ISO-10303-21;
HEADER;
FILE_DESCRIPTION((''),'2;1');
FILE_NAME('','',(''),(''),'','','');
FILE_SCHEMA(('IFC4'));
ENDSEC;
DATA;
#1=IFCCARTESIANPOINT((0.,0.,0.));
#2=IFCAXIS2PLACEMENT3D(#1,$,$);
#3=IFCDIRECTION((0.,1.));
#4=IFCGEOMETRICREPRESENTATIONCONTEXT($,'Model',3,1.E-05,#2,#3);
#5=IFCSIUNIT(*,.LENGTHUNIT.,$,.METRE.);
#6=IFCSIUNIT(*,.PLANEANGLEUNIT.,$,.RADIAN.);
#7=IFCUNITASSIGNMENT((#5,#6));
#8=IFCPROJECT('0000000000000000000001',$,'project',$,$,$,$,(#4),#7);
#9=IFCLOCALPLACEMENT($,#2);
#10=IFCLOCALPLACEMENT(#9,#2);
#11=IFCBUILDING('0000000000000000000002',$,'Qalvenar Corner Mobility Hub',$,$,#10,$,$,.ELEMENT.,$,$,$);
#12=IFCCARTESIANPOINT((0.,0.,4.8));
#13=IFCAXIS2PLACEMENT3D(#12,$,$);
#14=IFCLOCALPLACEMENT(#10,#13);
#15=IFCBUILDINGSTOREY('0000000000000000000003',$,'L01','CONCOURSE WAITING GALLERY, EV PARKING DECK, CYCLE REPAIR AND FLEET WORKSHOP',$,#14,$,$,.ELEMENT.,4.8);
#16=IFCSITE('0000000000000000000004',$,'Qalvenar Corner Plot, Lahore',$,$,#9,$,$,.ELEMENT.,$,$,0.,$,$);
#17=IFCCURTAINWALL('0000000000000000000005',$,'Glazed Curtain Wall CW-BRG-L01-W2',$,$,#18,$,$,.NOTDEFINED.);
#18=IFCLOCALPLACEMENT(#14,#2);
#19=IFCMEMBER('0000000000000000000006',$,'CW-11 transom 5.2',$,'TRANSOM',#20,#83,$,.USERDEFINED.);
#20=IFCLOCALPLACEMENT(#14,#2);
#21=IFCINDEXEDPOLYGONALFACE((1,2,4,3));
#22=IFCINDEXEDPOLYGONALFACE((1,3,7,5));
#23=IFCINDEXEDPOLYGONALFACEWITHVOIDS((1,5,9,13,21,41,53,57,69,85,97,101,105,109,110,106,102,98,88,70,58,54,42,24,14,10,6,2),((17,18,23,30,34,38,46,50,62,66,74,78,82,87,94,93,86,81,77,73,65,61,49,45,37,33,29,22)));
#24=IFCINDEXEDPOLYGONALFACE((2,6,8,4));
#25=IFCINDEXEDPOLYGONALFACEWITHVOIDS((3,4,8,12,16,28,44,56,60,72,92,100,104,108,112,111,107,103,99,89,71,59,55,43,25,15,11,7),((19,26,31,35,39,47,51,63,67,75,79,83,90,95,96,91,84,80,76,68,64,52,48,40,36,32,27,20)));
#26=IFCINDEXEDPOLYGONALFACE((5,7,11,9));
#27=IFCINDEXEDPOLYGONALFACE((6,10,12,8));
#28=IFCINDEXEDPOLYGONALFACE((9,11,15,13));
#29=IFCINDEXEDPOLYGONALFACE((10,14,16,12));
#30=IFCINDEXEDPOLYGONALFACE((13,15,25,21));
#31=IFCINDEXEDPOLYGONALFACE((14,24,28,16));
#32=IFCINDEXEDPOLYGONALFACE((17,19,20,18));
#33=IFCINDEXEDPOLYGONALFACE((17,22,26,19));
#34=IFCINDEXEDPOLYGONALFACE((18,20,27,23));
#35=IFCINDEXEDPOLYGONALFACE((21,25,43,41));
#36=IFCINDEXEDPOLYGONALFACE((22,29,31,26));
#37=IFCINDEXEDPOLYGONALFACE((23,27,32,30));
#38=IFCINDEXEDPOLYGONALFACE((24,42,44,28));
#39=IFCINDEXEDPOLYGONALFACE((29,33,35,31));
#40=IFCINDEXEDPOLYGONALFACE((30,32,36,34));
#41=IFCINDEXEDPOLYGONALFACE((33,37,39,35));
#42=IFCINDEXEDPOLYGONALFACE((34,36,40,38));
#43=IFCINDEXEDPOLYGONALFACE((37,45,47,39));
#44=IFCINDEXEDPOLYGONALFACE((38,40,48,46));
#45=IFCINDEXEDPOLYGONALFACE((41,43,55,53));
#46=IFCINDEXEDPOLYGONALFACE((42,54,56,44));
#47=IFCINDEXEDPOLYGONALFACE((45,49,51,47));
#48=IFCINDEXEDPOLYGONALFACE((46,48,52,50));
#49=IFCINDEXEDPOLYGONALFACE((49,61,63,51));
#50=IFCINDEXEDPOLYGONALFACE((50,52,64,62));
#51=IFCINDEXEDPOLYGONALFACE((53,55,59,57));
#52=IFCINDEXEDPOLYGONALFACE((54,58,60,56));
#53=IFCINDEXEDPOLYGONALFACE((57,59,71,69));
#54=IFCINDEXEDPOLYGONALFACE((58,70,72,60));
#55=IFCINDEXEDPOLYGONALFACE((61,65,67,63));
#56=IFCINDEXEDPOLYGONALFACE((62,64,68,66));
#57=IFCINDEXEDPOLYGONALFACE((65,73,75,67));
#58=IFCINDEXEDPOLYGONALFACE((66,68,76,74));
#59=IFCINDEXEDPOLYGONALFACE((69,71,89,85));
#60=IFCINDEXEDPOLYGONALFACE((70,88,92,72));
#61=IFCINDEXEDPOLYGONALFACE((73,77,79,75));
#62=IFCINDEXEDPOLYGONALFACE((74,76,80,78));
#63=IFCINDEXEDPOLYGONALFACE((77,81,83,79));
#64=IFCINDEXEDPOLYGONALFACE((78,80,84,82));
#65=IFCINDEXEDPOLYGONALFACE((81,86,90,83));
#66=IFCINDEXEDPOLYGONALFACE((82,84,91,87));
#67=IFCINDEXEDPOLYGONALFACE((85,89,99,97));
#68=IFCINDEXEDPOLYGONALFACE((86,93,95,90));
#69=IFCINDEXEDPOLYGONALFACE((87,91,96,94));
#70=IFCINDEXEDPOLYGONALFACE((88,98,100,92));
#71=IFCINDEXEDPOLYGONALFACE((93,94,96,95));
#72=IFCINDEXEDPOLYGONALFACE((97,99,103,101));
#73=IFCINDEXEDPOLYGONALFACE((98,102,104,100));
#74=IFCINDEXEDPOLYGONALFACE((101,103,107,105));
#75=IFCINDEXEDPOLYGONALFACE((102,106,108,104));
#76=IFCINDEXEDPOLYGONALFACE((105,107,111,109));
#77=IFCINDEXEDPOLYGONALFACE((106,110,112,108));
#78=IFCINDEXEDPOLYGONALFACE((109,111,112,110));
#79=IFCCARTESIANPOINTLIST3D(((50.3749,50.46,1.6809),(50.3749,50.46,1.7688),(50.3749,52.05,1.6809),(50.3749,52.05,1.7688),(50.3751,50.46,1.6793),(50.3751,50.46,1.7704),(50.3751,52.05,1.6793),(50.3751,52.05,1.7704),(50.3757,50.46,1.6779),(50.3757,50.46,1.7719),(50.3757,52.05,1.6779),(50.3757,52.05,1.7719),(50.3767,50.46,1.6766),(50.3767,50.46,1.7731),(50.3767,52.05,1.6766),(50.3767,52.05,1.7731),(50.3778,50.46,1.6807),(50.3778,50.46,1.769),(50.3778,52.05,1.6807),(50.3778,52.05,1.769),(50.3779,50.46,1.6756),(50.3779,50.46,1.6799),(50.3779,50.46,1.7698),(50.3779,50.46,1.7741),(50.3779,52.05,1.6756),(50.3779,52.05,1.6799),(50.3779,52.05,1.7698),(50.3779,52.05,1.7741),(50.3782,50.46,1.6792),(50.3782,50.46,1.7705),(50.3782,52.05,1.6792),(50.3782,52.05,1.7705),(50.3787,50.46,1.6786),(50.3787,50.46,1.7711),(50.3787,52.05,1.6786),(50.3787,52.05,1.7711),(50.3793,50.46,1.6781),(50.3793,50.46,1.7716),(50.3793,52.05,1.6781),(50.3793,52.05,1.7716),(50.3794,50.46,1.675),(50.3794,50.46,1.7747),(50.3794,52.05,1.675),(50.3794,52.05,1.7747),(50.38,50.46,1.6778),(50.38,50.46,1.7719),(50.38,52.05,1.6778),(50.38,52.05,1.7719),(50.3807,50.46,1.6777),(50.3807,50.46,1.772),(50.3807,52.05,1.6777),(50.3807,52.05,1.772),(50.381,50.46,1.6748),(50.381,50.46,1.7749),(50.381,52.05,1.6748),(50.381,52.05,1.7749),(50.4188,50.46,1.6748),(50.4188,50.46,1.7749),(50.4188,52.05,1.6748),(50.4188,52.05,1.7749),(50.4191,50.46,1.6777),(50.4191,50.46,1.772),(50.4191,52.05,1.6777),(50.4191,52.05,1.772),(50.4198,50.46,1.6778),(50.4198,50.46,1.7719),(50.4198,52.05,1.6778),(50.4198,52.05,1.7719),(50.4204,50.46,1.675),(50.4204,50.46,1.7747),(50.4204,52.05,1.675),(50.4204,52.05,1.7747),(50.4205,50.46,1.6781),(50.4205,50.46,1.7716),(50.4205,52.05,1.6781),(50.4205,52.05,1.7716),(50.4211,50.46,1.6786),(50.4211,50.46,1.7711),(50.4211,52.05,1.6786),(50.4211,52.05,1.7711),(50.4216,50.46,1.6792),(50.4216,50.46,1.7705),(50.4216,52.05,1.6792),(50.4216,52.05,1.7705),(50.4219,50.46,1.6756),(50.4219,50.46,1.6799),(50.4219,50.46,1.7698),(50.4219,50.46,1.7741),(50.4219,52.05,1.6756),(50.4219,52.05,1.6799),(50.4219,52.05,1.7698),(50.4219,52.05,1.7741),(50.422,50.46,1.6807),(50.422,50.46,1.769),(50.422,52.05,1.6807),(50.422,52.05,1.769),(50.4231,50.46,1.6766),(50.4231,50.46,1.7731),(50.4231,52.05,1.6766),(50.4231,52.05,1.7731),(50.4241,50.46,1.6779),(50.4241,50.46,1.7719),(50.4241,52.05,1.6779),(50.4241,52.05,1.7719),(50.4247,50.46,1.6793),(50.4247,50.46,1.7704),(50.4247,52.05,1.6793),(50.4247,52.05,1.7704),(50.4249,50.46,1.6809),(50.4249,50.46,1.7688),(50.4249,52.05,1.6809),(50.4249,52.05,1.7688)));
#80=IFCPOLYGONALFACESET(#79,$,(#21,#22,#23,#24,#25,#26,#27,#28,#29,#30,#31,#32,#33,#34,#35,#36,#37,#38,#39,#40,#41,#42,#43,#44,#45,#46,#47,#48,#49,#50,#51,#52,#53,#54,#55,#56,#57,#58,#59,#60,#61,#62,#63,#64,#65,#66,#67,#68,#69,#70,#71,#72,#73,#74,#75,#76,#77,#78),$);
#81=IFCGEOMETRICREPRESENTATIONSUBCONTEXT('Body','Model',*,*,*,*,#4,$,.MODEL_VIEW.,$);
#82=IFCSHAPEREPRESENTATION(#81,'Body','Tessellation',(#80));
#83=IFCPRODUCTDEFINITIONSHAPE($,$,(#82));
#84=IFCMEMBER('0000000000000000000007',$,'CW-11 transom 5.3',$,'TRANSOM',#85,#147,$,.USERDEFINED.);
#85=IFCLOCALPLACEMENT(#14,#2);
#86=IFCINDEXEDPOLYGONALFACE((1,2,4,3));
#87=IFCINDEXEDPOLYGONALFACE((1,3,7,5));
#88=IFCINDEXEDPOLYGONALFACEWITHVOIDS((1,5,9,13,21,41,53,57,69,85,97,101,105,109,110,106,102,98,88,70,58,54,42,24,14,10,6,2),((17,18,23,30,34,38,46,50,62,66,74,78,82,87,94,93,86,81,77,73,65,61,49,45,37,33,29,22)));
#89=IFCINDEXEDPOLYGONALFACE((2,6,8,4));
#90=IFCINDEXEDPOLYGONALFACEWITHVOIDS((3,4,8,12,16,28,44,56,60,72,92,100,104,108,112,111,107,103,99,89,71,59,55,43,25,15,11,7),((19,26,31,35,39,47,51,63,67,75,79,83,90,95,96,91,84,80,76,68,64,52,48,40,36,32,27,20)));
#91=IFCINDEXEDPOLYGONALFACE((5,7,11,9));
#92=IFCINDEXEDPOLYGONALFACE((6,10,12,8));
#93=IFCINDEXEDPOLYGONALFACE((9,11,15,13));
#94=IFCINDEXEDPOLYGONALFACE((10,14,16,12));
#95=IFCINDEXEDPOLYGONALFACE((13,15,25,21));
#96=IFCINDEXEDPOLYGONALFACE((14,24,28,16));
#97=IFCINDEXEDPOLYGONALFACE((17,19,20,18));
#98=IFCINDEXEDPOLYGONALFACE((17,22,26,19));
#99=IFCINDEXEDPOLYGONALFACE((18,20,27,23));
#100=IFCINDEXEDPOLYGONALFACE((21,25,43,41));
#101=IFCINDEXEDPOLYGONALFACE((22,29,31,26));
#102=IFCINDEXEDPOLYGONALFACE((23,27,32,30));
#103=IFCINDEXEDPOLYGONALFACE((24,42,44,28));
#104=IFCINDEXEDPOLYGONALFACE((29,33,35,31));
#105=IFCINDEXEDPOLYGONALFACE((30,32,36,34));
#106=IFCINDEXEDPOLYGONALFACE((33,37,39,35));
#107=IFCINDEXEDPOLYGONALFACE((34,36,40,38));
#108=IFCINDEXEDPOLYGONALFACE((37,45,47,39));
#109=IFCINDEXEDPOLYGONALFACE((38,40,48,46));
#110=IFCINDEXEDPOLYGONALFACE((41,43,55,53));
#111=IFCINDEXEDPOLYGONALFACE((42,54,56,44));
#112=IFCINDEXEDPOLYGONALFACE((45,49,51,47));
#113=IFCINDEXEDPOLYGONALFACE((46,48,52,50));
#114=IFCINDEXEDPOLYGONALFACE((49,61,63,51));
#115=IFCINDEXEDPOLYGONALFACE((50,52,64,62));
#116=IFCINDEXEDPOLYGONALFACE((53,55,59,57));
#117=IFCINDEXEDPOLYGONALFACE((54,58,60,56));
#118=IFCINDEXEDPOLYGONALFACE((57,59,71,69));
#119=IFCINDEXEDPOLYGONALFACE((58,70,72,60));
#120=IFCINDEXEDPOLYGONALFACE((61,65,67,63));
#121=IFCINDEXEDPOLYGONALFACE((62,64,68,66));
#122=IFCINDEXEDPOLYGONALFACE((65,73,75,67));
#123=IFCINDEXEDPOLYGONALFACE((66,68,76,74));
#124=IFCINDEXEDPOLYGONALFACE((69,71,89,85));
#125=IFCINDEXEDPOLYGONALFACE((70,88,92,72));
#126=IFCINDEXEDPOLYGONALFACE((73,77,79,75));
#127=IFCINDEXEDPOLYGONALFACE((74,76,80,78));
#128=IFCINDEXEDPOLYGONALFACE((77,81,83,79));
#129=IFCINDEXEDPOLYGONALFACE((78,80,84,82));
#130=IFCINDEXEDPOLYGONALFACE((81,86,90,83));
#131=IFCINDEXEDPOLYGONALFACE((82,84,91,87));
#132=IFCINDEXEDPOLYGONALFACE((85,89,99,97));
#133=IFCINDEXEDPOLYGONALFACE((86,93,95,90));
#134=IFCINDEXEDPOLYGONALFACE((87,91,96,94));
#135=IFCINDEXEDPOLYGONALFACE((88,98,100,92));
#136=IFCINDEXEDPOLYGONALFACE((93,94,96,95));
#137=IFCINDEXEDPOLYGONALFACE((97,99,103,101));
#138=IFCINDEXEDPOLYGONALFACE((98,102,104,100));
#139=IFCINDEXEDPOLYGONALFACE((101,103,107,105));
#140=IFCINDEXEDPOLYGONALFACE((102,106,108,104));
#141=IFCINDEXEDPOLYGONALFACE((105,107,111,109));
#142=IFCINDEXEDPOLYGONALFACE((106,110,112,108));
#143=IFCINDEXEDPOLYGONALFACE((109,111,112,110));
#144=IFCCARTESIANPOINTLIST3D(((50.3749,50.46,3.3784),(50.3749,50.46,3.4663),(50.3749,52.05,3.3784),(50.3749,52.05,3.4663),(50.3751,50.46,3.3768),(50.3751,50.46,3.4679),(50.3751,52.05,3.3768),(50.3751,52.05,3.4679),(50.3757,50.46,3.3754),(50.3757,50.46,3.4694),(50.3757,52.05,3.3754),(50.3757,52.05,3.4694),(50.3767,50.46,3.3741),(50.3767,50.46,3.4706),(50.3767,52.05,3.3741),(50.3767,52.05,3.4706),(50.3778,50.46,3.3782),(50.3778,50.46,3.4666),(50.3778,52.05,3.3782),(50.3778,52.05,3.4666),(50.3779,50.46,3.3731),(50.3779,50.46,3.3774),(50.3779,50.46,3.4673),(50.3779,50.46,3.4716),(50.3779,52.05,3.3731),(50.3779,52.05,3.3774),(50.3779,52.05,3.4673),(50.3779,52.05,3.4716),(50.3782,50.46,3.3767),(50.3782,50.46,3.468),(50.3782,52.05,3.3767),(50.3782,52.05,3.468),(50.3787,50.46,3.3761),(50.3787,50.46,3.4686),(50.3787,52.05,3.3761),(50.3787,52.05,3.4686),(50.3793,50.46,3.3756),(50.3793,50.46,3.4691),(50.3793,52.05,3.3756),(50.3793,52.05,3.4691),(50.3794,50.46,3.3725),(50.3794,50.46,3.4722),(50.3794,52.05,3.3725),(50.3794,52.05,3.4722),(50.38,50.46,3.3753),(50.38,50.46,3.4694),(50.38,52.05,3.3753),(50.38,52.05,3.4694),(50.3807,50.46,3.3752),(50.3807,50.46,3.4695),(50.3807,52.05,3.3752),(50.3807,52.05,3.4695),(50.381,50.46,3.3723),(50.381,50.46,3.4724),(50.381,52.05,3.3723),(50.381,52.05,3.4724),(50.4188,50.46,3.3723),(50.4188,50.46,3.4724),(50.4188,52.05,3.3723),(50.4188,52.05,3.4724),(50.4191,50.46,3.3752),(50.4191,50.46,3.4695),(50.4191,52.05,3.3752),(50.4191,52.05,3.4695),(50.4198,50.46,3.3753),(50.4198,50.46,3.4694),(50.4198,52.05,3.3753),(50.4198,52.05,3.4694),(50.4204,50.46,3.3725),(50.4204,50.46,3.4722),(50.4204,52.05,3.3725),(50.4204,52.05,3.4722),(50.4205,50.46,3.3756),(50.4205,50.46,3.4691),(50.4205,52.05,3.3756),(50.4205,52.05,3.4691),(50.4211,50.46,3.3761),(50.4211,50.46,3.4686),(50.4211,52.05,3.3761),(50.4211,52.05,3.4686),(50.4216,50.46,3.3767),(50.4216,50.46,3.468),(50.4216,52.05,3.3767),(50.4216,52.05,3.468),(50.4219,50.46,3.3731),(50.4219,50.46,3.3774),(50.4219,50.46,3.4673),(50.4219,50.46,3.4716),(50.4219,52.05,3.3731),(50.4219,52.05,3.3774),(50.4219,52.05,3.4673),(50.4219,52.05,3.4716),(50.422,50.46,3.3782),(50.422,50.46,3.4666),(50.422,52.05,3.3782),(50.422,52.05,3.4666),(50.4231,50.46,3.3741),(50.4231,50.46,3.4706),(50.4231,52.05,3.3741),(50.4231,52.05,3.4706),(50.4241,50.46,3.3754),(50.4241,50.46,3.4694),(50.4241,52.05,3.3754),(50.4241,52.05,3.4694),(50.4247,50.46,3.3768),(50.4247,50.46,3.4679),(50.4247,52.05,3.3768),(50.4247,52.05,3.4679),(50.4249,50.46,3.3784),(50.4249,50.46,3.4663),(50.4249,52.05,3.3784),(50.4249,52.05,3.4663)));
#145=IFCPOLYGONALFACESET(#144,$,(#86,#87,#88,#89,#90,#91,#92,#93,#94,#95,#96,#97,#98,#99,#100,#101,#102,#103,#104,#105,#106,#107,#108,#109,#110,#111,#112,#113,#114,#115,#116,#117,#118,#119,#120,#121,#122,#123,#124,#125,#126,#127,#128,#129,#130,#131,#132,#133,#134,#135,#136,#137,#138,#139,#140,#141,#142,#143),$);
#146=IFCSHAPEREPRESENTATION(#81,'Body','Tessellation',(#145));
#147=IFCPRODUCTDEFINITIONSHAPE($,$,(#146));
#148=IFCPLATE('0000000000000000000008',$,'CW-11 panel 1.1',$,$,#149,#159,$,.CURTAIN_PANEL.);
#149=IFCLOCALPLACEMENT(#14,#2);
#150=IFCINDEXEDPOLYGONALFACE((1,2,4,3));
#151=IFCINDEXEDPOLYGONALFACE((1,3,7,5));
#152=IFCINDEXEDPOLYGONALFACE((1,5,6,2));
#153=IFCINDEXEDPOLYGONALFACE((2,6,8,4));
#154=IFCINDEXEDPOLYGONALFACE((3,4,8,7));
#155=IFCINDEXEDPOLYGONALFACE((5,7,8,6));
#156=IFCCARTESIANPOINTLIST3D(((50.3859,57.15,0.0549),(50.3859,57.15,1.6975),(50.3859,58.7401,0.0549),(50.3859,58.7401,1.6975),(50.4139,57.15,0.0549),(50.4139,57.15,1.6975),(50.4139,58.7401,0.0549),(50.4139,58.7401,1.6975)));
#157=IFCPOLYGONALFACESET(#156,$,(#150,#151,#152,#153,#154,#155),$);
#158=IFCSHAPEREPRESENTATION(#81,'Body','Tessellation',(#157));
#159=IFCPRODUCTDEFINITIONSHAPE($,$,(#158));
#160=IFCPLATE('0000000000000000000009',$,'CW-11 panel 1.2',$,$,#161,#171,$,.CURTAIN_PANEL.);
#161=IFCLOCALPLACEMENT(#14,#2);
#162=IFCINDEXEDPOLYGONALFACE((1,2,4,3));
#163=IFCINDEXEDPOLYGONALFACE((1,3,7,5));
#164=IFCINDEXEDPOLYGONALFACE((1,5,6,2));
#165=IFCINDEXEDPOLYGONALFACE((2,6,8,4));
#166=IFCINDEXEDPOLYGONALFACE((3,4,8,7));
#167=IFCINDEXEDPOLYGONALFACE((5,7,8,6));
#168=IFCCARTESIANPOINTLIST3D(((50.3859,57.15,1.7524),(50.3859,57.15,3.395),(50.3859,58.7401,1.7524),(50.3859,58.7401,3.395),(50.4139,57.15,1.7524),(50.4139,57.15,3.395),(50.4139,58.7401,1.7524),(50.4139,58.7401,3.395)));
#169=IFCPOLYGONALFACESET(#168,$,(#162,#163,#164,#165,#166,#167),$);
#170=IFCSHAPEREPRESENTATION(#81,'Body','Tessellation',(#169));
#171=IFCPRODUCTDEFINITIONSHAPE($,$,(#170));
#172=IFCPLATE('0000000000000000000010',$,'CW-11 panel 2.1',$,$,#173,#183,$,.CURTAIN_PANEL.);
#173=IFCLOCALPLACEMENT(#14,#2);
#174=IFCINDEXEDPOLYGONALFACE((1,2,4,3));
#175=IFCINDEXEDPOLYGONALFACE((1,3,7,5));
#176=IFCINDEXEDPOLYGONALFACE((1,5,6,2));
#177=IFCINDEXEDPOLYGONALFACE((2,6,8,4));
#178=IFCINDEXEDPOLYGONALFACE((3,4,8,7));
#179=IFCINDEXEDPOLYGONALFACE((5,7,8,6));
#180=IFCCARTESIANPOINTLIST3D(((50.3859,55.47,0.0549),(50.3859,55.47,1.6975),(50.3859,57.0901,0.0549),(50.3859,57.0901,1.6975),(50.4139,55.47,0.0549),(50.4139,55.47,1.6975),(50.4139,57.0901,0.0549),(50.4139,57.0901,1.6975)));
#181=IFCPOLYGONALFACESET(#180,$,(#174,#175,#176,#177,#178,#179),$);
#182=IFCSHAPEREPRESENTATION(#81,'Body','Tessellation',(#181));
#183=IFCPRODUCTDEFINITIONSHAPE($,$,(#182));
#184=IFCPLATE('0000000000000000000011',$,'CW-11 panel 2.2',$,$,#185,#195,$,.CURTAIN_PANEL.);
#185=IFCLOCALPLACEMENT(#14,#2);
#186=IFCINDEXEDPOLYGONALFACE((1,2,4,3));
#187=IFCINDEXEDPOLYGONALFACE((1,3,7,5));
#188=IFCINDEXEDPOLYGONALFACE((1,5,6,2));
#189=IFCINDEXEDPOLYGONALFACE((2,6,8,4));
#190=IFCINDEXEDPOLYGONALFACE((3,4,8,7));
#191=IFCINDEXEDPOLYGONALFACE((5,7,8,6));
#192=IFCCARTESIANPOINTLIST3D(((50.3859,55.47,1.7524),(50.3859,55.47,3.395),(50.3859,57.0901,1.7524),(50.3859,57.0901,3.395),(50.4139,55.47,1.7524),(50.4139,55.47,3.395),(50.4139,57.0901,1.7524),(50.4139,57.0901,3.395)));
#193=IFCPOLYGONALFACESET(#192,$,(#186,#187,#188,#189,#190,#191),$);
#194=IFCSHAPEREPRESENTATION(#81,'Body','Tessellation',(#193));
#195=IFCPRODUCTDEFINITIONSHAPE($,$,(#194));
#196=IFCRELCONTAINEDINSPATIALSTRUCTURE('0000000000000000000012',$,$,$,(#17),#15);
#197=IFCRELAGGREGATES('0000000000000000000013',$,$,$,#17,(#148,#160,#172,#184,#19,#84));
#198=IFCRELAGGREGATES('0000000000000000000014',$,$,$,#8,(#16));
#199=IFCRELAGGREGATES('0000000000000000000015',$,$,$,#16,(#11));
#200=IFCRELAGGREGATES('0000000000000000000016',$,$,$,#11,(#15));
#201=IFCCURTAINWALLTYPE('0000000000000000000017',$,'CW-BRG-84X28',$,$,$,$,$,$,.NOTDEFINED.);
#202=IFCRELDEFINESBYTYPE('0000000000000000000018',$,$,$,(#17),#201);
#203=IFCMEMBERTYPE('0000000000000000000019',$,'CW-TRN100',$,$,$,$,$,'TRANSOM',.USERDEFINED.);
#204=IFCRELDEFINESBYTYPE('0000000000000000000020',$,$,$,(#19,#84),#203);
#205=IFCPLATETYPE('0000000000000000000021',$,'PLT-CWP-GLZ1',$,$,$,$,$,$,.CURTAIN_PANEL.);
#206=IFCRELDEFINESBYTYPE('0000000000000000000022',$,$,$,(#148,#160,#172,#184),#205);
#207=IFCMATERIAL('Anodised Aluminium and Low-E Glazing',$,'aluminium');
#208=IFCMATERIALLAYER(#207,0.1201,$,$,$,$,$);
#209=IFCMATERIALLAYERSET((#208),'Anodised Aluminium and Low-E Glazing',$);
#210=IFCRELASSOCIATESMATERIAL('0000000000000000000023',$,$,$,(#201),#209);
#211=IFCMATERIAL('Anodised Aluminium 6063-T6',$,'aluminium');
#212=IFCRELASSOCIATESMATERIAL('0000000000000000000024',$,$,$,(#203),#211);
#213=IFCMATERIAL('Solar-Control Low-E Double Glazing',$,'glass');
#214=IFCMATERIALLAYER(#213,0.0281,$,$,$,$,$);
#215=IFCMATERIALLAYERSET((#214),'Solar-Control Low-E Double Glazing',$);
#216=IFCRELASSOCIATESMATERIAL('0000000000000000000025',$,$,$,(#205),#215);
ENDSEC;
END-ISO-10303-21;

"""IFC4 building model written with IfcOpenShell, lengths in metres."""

from ifc_helpers import new_model, si_unit, direction, frame, origin, origin_2d, place, context, subcontext, project, spatial, rectangle, hollow_rectangle, extrude, material, layer, layer_set, material_profile, profile_set, type_object, element, aggregate, save


model = new_model("IFC4")

# Units and contexts
model_context = context("Model", 3, precision=1e-05, world=origin(), true_north=direction((0.0, 1.0)))
body_context = subcontext(model_context, "Body", "Model", "MODEL_VIEW")
ifc_project = project(units=[si_unit("LENGTHUNIT", "METRE"), si_unit("PLANEANGLEUNIT", "RADIAN")], contexts=[model_context])

# Site, building, storey
site_placement = place(None, origin())
site = spatial("IfcSite", under=ifc_project, at=site_placement, Name="Qalvenar Corner Plot, Lahore", CompositionType="ELEMENT", RefElevation=0.0)
building_placement = place(site_placement, origin())
building = spatial("IfcBuilding", under=site, at=building_placement, Name="Qalvenar Corner Mobility Hub", CompositionType="ELEMENT")
storey_placement = place(building_placement, frame((0.0, 0.0, 4.8)))
storey = spatial("IfcBuildingStorey", under=building, at=storey_placement, Name="L01", Description="CONCOURSE WAITING GALLERY, EV PARKING DECK, CYCLE REPAIR AND FLEET WORKSHOP", CompositionType="ELEMENT", Elevation=4.8)

# Curtain wall, members, plates
ifc_material_1 = material(Name="Anodised Aluminium and Low-E Glazing", Category="aluminium")
ifc_layer_1 = layer(ifc_material_1, 0.1201)
ifc_layer_set_1 = layer_set([ifc_layer_1], Name="Anodised Aluminium and Low-E Glazing")
curtain_wall_type = type_object("IfcCurtainWallType", Name="CW-BRG-84X28", PredefinedType="NOTDEFINED", material=ifc_layer_set_1)
curtain_wall_placement = place(storey_placement, origin())
curtain_wall = element("IfcCurtainWall", 1, at=curtain_wall_placement, inside=storey, type_object=curtain_wall_type, Name="Glazed Curtain Wall CW-BRG-L01-W2", PredefinedType="NOTDEFINED")
ifc_material_2 = material(Name="Anodised Aluminium 6063-T6", Category="aluminium")
ifc_material_profile_1 = material_profile(ifc_material_2, hollow_rectangle(XDim=0.05, YDim=0.1001, WallThickness=0.0029, InnerFilletRadius=0.0029, OuterFilletRadius=0.0061, at=origin_2d()), Name="RHS100x50x3")
ifc_profile_set_1 = profile_set([ifc_material_profile_1], Name="Anodised Aluminium 6063-T6")
member_type_1 = type_object("IfcMemberType", Name="CW-TRN100", ElementType="TRANSOM", PredefinedType="USERDEFINED", material=ifc_profile_set_1)
member_1_placement = place(storey_placement, frame((50.3999, 52.05, 1.7249), z_axis=(0.0, -1.0, 0.0), x_axis=(1.0, 0.0, 0.0)))
member_1 = element("IfcMember", 2, at=member_1_placement, type_object=member_type_1, Name="CW-11 transom 5.2", ObjectType="TRANSOM", PredefinedType="USERDEFINED", context=body_context, shape_type="SweptSolid", body=[
    extrude(hollow_rectangle(XDim=0.05, YDim=0.1001, WallThickness=0.0029, InnerFilletRadius=0.0029, OuterFilletRadius=0.0061, at=origin_2d()), origin(), (0.0, 0.0, 1.0), 1.5901),
])
member_2_placement = place(storey_placement, frame((50.3999, 52.05, 3.4224), z_axis=(0.0, -1.0, 0.0), x_axis=(1.0, 0.0, 0.0)))
member_2 = element("IfcMember", 3, at=member_2_placement, type_object=member_type_1, Name="CW-11 transom 5.3", ObjectType="TRANSOM", PredefinedType="USERDEFINED", context=body_context, shape_type="SweptSolid", body=[
    extrude(hollow_rectangle(XDim=0.05, YDim=0.1001, WallThickness=0.0029, InnerFilletRadius=0.0029, OuterFilletRadius=0.0061, at=origin_2d()), origin(), (0.0, 0.0, 1.0), 1.5901),
])
ifc_material_3 = material(Name="Solar-Control Low-E Double Glazing", Category="glass")
ifc_layer_2 = layer(ifc_material_3, 0.0281)
ifc_layer_set_2 = layer_set([ifc_layer_2], Name="Solar-Control Low-E Double Glazing")
plate_type = type_object("IfcPlateType", Name="PLT-CWP-GLZ1", PredefinedType="CURTAIN_PANEL", material=ifc_layer_set_2)
plate_1_placement = place(storey_placement, frame((50.3999, 57.9451, 0.0549), z_axis=(0.0, 0.0, 1.0), x_axis=(0.0, -1.0, 0.0)))
plate_1 = element("IfcPlate", 4, at=plate_1_placement, type_object=plate_type, Name="CW-11 panel 1.1", PredefinedType="CURTAIN_PANEL", context=body_context, shape_type="SweptSolid", body=[
    extrude(rectangle(XDim=1.5901, YDim=0.0281, at=origin_2d()), origin(), (0.0, 0.0, 1.0), 1.6426),
])
plate_2_placement = place(storey_placement, frame((50.3999, 57.9451, 1.7524), z_axis=(0.0, 0.0, 1.0), x_axis=(0.0, -1.0, 0.0)))
plate_2 = element("IfcPlate", 5, at=plate_2_placement, type_object=plate_type, Name="CW-11 panel 1.2", PredefinedType="CURTAIN_PANEL", context=body_context, shape_type="SweptSolid", body=[
    extrude(rectangle(XDim=1.5901, YDim=0.0281, at=origin_2d()), origin(), (0.0, 0.0, 1.0), 1.6426),
])
plate_3_placement = place(storey_placement, frame((50.3999, 56.28, 0.0549), z_axis=(0.0, 0.0, 1.0), x_axis=(0.0, -1.0, 0.0)))
plate_3 = element("IfcPlate", 6, at=plate_3_placement, type_object=plate_type, Name="CW-11 panel 2.1", PredefinedType="CURTAIN_PANEL", context=body_context, shape_type="SweptSolid", body=[
    extrude(rectangle(XDim=1.6201, YDim=0.0281, at=origin_2d()), origin(), (0.0, 0.0, 1.0), 1.6426),
])
plate_4_placement = place(storey_placement, frame((50.3999, 56.28, 1.7524), z_axis=(0.0, 0.0, 1.0), x_axis=(0.0, -1.0, 0.0)))
plate_4 = element("IfcPlate", 7, at=plate_4_placement, type_object=plate_type, Name="CW-11 panel 2.2", PredefinedType="CURTAIN_PANEL", context=body_context, shape_type="SweptSolid", body=[
    extrude(rectangle(XDim=1.6201, YDim=0.0281, at=origin_2d()), origin(), (0.0, 0.0, 1.0), 1.6426),
])
aggregate(curtain_wall, [plate_1, plate_2, plate_3, plate_4, member_1, member_2])

save(model, "model.ifc")
